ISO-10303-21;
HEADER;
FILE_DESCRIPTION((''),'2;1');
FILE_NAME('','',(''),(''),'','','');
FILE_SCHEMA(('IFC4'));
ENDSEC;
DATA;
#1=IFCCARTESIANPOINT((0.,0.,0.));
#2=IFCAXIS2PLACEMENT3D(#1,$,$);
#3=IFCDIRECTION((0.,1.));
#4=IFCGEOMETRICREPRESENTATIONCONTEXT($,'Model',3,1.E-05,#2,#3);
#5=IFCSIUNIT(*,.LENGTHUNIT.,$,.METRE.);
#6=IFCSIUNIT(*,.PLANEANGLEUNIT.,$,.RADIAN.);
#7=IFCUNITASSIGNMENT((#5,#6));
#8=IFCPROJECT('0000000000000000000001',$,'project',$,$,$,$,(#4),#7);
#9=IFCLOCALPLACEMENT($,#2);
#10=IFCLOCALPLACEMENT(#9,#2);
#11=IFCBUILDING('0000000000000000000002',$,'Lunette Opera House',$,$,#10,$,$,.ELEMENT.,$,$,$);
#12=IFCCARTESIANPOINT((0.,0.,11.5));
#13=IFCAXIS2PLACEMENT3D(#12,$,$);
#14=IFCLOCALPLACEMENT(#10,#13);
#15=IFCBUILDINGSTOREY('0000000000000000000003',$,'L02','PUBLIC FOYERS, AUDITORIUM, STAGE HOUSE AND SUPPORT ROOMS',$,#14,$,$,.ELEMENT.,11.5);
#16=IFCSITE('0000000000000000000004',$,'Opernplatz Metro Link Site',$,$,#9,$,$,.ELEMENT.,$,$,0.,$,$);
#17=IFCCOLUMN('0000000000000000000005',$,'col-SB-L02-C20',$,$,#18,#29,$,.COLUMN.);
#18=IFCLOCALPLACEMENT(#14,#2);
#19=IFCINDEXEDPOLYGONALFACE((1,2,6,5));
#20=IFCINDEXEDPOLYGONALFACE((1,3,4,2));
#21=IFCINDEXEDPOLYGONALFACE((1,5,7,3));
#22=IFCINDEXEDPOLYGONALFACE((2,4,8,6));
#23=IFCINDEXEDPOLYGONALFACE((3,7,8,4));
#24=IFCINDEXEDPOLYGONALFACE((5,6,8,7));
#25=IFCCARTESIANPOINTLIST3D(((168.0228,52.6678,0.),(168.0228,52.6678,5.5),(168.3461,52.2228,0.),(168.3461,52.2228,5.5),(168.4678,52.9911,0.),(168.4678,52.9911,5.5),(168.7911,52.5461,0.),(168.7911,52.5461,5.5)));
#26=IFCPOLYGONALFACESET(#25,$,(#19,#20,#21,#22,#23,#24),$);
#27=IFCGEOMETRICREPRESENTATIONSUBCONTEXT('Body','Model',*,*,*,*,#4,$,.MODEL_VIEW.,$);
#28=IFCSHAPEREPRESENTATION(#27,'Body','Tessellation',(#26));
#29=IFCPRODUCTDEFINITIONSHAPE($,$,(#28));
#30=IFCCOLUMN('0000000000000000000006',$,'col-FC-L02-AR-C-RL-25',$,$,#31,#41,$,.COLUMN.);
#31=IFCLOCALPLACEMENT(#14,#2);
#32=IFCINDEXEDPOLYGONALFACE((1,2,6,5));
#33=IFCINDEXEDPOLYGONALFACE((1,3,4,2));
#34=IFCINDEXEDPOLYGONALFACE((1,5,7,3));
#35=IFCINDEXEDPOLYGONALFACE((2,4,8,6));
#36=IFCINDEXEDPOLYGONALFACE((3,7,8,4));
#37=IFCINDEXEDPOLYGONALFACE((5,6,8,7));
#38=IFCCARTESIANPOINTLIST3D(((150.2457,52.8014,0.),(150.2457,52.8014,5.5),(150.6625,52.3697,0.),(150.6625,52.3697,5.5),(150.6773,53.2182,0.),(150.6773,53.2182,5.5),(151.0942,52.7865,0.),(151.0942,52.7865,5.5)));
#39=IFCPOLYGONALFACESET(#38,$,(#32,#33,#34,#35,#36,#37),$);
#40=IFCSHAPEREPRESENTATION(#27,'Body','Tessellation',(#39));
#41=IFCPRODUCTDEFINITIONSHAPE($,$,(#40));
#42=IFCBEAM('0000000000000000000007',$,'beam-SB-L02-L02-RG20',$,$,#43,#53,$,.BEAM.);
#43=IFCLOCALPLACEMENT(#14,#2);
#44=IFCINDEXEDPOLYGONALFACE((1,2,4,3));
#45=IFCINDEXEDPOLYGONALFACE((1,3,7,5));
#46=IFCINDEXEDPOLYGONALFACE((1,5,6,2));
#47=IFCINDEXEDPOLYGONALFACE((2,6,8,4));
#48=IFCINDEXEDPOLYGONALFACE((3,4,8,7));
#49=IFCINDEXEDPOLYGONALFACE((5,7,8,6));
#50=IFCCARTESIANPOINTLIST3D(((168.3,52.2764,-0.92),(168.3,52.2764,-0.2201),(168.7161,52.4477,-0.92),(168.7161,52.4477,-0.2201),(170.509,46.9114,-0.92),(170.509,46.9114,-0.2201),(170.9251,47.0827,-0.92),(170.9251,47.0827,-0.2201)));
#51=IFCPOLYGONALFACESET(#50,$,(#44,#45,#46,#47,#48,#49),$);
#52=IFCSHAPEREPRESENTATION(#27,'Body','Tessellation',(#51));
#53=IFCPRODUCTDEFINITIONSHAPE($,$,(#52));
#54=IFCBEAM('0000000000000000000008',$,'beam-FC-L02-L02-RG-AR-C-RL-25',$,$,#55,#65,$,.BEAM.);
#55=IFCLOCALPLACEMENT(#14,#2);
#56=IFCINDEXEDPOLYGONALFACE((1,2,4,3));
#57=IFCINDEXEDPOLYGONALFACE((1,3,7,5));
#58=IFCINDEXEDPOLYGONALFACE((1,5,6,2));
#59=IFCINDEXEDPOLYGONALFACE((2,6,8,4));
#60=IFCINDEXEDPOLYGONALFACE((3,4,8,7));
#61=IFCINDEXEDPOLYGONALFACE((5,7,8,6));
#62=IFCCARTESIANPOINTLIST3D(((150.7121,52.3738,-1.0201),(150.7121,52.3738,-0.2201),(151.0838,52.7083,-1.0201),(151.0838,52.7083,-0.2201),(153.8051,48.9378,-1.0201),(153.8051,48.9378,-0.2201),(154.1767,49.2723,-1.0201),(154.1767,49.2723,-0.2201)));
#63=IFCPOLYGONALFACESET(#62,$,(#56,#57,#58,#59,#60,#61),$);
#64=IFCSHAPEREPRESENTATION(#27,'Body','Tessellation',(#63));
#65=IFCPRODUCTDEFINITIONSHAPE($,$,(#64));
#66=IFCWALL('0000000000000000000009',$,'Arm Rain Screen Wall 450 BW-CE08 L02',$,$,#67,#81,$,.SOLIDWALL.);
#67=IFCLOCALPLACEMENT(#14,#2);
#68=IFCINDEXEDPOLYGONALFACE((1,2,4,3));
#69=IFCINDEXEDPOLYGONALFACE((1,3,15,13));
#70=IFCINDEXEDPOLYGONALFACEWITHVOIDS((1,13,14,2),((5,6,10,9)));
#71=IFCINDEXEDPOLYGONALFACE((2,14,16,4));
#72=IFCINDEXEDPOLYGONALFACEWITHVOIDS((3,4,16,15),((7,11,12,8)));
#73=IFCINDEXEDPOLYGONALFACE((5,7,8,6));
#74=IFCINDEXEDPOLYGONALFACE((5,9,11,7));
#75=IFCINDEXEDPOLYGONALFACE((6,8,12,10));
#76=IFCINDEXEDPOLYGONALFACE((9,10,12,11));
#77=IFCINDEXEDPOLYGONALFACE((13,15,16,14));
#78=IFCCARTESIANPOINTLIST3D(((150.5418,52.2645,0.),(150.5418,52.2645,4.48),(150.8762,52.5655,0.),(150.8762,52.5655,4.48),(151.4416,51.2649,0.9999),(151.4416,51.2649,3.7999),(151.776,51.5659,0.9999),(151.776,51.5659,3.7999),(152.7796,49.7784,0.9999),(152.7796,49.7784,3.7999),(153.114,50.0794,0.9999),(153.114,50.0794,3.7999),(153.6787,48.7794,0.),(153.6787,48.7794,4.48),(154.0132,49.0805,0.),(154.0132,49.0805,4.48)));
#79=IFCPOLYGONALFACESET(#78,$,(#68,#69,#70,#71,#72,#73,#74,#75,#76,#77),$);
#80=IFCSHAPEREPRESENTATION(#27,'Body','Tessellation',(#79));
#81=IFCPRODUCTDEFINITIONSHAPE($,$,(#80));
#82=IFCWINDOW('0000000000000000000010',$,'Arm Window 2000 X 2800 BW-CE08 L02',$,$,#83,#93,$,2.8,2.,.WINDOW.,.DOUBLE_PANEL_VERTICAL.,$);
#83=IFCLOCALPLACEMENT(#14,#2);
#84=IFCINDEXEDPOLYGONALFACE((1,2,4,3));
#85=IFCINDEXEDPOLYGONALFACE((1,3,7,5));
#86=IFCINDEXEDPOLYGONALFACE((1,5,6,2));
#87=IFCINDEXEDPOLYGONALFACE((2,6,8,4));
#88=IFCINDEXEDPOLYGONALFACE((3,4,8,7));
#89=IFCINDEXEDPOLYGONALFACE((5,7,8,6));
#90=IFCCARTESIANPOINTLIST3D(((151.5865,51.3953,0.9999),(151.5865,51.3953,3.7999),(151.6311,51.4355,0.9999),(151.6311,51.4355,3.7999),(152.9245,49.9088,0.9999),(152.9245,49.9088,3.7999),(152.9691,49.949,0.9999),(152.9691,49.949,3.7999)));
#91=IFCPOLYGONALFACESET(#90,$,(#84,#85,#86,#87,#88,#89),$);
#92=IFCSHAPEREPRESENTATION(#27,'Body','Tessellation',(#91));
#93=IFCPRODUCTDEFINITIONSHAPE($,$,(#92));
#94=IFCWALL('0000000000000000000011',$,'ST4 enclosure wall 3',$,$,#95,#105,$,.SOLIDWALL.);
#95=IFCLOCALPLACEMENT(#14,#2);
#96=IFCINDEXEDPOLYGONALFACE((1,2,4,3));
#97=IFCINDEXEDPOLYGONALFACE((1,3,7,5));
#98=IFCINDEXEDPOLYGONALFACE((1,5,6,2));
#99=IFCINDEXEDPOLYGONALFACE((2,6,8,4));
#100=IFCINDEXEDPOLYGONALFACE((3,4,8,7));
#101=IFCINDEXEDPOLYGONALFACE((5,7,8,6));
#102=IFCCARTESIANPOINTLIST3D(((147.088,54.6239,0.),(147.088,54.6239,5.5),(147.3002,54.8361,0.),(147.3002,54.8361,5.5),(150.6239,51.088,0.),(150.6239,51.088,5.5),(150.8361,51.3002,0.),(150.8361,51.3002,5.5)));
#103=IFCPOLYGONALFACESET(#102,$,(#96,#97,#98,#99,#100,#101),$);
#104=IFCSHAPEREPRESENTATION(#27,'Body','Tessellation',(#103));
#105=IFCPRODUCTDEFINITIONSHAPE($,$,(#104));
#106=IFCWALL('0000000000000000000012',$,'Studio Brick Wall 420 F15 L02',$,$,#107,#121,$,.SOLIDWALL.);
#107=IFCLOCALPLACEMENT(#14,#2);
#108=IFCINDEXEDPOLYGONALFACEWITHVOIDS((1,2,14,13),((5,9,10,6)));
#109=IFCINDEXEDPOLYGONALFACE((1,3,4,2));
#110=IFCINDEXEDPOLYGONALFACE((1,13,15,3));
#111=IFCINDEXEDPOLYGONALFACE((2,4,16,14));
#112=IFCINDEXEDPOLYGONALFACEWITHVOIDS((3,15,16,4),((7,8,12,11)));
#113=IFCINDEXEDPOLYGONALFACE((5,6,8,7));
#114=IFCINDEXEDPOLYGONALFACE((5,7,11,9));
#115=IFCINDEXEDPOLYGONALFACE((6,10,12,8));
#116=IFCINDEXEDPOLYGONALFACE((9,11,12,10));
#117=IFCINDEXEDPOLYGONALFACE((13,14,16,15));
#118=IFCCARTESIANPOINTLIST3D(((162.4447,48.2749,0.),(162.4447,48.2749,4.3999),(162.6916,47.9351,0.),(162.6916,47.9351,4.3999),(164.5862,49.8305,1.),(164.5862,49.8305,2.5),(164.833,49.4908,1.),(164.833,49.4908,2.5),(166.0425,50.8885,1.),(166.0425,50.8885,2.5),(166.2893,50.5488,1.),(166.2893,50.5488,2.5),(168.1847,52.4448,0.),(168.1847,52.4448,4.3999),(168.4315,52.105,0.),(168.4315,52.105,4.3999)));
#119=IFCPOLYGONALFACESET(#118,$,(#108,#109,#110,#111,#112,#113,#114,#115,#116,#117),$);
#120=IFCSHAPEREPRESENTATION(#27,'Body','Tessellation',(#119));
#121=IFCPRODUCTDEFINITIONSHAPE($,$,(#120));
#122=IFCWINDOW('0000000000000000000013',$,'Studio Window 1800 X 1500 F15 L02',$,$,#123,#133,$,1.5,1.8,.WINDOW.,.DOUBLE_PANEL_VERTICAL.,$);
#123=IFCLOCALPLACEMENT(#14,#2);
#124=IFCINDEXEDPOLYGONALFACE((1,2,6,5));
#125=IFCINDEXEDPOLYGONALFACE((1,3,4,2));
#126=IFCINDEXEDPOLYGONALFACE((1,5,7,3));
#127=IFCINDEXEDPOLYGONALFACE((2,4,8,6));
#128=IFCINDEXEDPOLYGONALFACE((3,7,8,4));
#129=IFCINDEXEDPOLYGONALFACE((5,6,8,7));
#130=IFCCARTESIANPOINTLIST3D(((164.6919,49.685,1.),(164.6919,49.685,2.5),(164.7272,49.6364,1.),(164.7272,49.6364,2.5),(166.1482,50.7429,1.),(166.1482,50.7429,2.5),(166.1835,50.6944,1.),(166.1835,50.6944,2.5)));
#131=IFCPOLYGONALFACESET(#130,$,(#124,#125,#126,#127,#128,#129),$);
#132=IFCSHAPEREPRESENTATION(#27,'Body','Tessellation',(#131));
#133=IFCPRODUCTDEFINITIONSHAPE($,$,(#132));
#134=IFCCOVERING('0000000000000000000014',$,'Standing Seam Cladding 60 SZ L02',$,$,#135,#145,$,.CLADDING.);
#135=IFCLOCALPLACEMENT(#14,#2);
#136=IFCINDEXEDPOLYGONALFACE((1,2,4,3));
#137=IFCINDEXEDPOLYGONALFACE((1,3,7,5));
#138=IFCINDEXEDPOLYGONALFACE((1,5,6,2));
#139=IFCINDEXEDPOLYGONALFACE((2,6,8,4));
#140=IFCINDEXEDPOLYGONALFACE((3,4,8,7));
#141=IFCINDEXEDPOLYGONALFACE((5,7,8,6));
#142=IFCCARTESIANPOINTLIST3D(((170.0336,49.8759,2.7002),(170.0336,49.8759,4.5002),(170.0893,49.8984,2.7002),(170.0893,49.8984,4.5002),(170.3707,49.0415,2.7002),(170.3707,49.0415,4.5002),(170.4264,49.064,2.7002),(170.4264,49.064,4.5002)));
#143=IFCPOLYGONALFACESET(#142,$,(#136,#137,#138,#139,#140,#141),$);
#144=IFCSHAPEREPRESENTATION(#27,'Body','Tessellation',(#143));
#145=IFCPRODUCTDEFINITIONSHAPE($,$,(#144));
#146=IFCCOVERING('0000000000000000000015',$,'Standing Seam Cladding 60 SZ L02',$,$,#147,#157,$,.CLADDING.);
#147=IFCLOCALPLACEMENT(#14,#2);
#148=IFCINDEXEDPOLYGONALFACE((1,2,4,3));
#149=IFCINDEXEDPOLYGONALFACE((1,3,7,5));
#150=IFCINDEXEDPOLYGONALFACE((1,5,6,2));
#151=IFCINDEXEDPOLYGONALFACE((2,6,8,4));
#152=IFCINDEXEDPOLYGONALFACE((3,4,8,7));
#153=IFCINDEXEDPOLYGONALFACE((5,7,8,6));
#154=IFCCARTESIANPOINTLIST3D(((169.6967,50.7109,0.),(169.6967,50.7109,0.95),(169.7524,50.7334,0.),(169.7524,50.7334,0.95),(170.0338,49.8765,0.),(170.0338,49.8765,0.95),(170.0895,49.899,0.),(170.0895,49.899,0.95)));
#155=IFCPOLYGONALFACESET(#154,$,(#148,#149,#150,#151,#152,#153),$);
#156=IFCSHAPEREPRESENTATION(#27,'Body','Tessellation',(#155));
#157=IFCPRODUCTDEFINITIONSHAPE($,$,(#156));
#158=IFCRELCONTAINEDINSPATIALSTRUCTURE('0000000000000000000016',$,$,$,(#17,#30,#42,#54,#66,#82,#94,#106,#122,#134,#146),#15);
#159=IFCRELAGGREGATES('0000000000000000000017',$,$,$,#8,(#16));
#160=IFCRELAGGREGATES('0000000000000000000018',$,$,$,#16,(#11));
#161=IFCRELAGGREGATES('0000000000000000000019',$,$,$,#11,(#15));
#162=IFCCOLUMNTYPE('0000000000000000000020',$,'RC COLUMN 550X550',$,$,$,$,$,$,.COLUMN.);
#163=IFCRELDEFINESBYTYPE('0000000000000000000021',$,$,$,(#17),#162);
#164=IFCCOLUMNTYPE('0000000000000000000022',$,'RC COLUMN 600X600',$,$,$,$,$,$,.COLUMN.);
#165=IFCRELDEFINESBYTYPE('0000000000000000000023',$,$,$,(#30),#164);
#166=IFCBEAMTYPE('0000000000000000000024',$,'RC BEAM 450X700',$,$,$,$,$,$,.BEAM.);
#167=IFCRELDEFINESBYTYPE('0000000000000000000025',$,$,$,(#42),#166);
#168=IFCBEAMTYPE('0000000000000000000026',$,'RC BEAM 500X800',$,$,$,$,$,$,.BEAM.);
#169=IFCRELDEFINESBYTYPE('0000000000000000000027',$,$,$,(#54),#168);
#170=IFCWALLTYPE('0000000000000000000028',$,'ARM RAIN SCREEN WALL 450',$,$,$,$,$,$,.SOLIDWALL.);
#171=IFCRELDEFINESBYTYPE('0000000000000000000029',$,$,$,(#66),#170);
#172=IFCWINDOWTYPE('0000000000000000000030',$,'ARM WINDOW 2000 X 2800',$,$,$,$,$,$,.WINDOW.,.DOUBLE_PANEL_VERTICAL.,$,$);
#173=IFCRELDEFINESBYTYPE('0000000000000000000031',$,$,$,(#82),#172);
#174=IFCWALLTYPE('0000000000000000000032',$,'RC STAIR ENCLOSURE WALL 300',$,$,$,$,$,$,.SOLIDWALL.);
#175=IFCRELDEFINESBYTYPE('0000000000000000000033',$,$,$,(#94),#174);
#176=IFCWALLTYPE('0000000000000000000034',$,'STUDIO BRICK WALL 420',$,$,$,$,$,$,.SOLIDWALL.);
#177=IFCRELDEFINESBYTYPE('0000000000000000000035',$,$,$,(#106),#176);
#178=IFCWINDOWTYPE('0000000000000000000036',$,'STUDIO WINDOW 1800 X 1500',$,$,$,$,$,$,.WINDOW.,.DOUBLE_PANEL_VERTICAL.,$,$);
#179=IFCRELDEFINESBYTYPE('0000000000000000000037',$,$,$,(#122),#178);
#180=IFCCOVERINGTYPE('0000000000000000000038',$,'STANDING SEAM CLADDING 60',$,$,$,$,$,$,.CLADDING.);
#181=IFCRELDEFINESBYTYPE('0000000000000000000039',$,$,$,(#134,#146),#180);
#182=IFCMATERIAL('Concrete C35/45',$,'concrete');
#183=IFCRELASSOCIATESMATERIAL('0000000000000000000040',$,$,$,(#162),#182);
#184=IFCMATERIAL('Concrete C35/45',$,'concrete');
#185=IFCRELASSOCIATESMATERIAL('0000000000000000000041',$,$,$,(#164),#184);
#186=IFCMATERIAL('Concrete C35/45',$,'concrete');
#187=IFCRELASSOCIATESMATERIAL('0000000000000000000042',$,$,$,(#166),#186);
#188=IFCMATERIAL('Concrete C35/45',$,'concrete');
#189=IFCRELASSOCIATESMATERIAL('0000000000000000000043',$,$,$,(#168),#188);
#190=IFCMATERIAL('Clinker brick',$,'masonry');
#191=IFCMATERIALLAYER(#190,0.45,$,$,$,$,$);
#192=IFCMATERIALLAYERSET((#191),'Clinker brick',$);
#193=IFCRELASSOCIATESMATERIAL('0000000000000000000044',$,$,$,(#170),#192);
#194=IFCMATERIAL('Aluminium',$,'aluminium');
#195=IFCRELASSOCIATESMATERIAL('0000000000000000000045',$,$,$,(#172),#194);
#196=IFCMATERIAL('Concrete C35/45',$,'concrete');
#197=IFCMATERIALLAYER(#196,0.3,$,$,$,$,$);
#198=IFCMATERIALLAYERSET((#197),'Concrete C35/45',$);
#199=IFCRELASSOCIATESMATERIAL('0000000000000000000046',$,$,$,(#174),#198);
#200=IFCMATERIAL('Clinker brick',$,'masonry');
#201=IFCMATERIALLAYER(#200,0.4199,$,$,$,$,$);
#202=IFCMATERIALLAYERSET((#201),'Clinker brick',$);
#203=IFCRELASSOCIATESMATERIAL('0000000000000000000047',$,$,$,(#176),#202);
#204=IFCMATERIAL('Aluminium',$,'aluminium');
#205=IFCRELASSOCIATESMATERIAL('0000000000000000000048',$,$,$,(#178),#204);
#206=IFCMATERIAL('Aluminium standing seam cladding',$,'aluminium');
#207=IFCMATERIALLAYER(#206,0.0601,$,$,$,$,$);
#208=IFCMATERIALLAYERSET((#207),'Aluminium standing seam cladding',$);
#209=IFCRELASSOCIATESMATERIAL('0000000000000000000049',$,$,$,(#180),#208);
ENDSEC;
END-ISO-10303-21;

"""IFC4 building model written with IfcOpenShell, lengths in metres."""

from ifc_helpers import new_model, si_unit, direction, frame, frame_2d, origin, origin_2d, place, context, subcontext, project, spatial, rectangle, extrude, material, layer, layer_set, material_profile, profile_set, type_object, element, fill, save


model = new_model("IFC4")

# Units and contexts
model_context = context("Model", 3, precision=1e-05, world=origin(), true_north=direction((0.0, 1.0)))
body_context = subcontext(model_context, "Body", "Model", "MODEL_VIEW")
ifc_project = project(units=[si_unit("LENGTHUNIT", "METRE"), si_unit("PLANEANGLEUNIT", "RADIAN")], contexts=[model_context])

# Site, building, storey
site_placement = place(None, origin())
site = spatial("IfcSite", under=ifc_project, at=site_placement, Name="Opernplatz Metro Link Site", CompositionType="ELEMENT", RefElevation=0.0)
building_placement = place(site_placement, origin())
building = spatial("IfcBuilding", under=site, at=building_placement, Name="Lunette Opera House", CompositionType="ELEMENT")
storey_placement = place(building_placement, frame((0.0, 0.0, 11.5)))
storey = spatial("IfcBuildingStorey", under=building, at=storey_placement, Name="L02", Description="PUBLIC FOYERS, AUDITORIUM, STAGE HOUSE AND SUPPORT ROOMS", CompositionType="ELEMENT", Elevation=11.5)

# Columns
ifc_material_1 = material(Name="Concrete C35/45", Category="concrete")
ifc_material_profile_1 = material_profile(ifc_material_1, rectangle(XDim=0.55, YDim=0.55, at=origin_2d()), Name="RC COLUMN 550X550")
ifc_profile_set_1 = profile_set([ifc_material_profile_1], Name="Concrete C35/45")
column_type_1 = type_object("IfcColumnType", Name="RC COLUMN 550X550", PredefinedType="COLUMN", material=ifc_profile_set_1)
column_1_placement = place(storey_placement, frame((168.407, 52.6069, 0.0), z_axis=(0.0, 0.0, 1.0), x_axis=(0.587785, -0.809017, 0.0)))
element("IfcColumn", 1, at=column_1_placement, inside=storey, type_object=column_type_1, Name="col-SB-L02-C20", PredefinedType="COLUMN", context=body_context, shape_type="SweptSolid", body=[
    extrude(rectangle(XDim=0.55, YDim=0.55, at=origin_2d()), origin(), (0.0, 0.0, 1.0), 5.5),
])
ifc_material_2 = material(Name="Concrete C35/45", Category="concrete")
ifc_material_profile_2 = material_profile(ifc_material_2, rectangle(XDim=0.6001, YDim=0.6001, at=origin_2d()), Name="RC COLUMN 600X600")
ifc_profile_set_2 = profile_set([ifc_material_profile_2], Name="Concrete C35/45")
column_type_2 = type_object("IfcColumnType", Name="RC COLUMN 600X600", PredefinedType="COLUMN", material=ifc_profile_set_2)
column_2_placement = place(storey_placement, frame((150.6699, 52.7939, 0.0), z_axis=(0.0, 0.0, 1.0), x_axis=(0.694658, -0.71934, 0.0)))
element("IfcColumn", 2, at=column_2_placement, inside=storey, type_object=column_type_2, Name="col-FC-L02-AR-C-RL-25", PredefinedType="COLUMN", context=body_context, shape_type="SweptSolid", body=[
    extrude(rectangle(XDim=0.6001, YDim=0.6001, at=origin_2d()), origin(), (0.0, 0.0, 1.0), 5.5),
])

# Beams
ifc_material_3 = material(Name="Concrete C35/45", Category="concrete")
ifc_material_profile_3 = material_profile(ifc_material_3, rectangle(XDim=0.45, YDim=0.7, at=origin_2d()), Name="RC BEAM 450X700")
ifc_profile_set_3 = profile_set([ifc_material_profile_3], Name="Concrete C35/45")
beam_type_1 = type_object("IfcBeamType", Name="RC BEAM 450X700", PredefinedType="BEAM", material=ifc_profile_set_3)
beam_1_placement = place(storey_placement, frame((168.5081, 52.3621, -0.5701), z_axis=(0.380731, -0.924686, 0.0), x_axis=(0.924686, 0.380731, 0.0)))
element("IfcBeam", 3, at=beam_1_placement, inside=storey, type_object=beam_type_1, Name="beam-SB-L02-L02-RG20", PredefinedType="BEAM", context=body_context, shape_type="SweptSolid", body=[
    extrude(rectangle(XDim=0.45, YDim=0.7, at=origin_2d()), origin(), (0.0, 0.0, 1.0), 5.802),
])
ifc_material_4 = material(Name="Concrete C35/45", Category="concrete")
ifc_material_profile_4 = material_profile(ifc_material_4, rectangle(XDim=0.5, YDim=0.8, at=origin_2d()), Name="RC BEAM 500X800")
ifc_profile_set_4 = profile_set([ifc_material_profile_4], Name="Concrete C35/45")
beam_type_2 = type_object("IfcBeamType", Name="RC BEAM 500X800", PredefinedType="BEAM", material=ifc_profile_set_4)
beam_2_placement = place(storey_placement, frame((150.8979, 52.541, -0.6201), z_axis=(0.669035, -0.743231, 0.0), x_axis=(0.743231, 0.669035, 0.0)))
element("IfcBeam", 4, at=beam_2_placement, inside=storey, type_object=beam_type_2, Name="beam-FC-L02-L02-RG-AR-C-RL-25", PredefinedType="BEAM", context=body_context, shape_type="SweptSolid", body=[
    extrude(rectangle(XDim=0.5, YDim=0.8, at=origin_2d()), origin(), (0.0, 0.0, 1.0), 4.623),
])

# Wall, opening, window
ifc_material_5 = material(Name="Clinker brick", Category="masonry")
ifc_layer_1 = layer(ifc_material_5, 0.45)
ifc_layer_set_1 = layer_set([ifc_layer_1], Name="Clinker brick")
wall_type_1 = type_object("IfcWallType", Name="ARM RAIN SCREEN WALL 450", PredefinedType="SOLIDWALL", material=ifc_layer_set_1)
wall_1_placement = place(storey_placement, frame((150.709, 52.415, 0.0), z_axis=(0.0, 0.0, 1.0), x_axis=(0.669008, -0.743255, 0.0)))
wall_1 = element("IfcWall", 5, at=wall_1_placement, inside=storey, type_object=wall_type_1, Name="Arm Rain Screen Wall 450 BW-CE08 L02", PredefinedType="SOLIDWALL", context=body_context, shape_type="SweptSolid", body=[
    extrude(rectangle(XDim=4.689, YDim=0.45, at=frame_2d((2.3445, 0.0))), origin(), (0.0, 0.0, 1.0), 4.48),
])
opening_1_placement = place(wall_1_placement, frame((1.345, 0.0, 1.0)))
opening_1 = element("IfcOpeningElement", 6, at=opening_1_placement, cuts=wall_1, PredefinedType="OPENING", context=body_context, shape_type="SweptSolid", body=[
    extrude(rectangle(XDim=2.0, YDim=2.8, at=frame_2d((1.0, 1.3999))), frame((0.0, 0.2371, 0.0), z_axis=(0.0, -1.0, 0.0), x_axis=(1.0, 0.0, 0.0)), (0.0, 0.0, 1.0), 0.4739),
])
ifc_material_6 = material(Name="Aluminium", Category="aluminium")
window_type_1 = type_object("IfcWindowType", Name="ARM WINDOW 2000 X 2800", PartitioningType="DOUBLE_PANEL_VERTICAL", PredefinedType="WINDOW", material=ifc_material_6)
window_1_placement = place(opening_1_placement, origin())
window_1 = element("IfcWindow", 7, at=window_1_placement, inside=storey, type_object=window_type_1, Name="Arm Window 2000 X 2800 BW-CE08 L02", OverallHeight=2.8, OverallWidth=2.0, PartitioningType="DOUBLE_PANEL_VERTICAL", PredefinedType="WINDOW", context=body_context, shape_type="SweptSolid", body=[
    extrude(rectangle(XDim=2.0, YDim=2.8, at=frame_2d((1.0, 1.3999))), frame((0.0, 0.03, 0.0), z_axis=(0.0, -1.0, 0.0), x_axis=(1.0, 0.0, 0.0)), (0.0, 0.0, 1.0), 0.0601),
])
fill(opening_1, window_1)

# Wall
ifc_material_7 = material(Name="Concrete C35/45", Category="concrete")
ifc_layer_2 = layer(ifc_material_7, 0.3)
ifc_layer_set_2 = layer_set([ifc_layer_2], Name="Concrete C35/45")
wall_type_2 = type_object("IfcWallType", Name="RC STAIR ENCLOSURE WALL 300", PredefinedType="SOLIDWALL", material=ifc_layer_set_2)
wall_2_placement = place(storey_placement, frame((150.73, 51.1941, 0.0), z_axis=(0.0, 0.0, 1.0), x_axis=(-0.707107, 0.707107, 0.0)))
element("IfcWall", 8, at=wall_2_placement, inside=storey, type_object=wall_type_2, Name="ST4 enclosure wall 3", PredefinedType="SOLIDWALL", context=body_context, shape_type="SweptSolid", body=[
    extrude(rectangle(XDim=5.0005, YDim=0.3, at=frame_2d((2.5002, 0.0))), origin(), (0.0, 0.0, 1.0), 5.5),
])

# Wall, opening, window
ifc_material_8 = material(Name="Clinker brick", Category="masonry")
ifc_layer_3 = layer(ifc_material_8, 0.4199)
ifc_layer_set_3 = layer_set([ifc_layer_3], Name="Clinker brick")
wall_type_3 = type_object("IfcWallType", Name="STUDIO BRICK WALL 420", PredefinedType="SOLIDWALL", material=ifc_layer_set_3)
wall_3_placement = place(storey_placement, frame((168.3081, 52.2749, 0.0), z_axis=(0.0, 0.0, 1.0), x_axis=(-0.809045, -0.587746, 0.0)))
wall_3 = element("IfcWall", 9, at=wall_3_placement, inside=storey, type_object=wall_type_3, Name="Studio Brick Wall 420 F15 L02", PredefinedType="SOLIDWALL", context=body_context, shape_type="SweptSolid", body=[
    extrude(rectangle(XDim=7.0947, YDim=0.4199, at=frame_2d((3.5474, 0.0))), origin(), (0.0, 0.0, 1.0), 4.3999),
])
opening_2_placement = place(wall_3_placement, frame((2.6479, 0.0, 1.0)))
opening_2 = element("IfcOpeningElement", 10, at=opening_2_placement, cuts=wall_3, PredefinedType="OPENING", context=body_context, shape_type="SweptSolid", body=[
    extrude(rectangle(XDim=1.8, YDim=1.5, at=frame_2d((0.8999, 0.75))), frame((0.0, 0.2219, 0.0), z_axis=(0.0, -1.0, 0.0), x_axis=(1.0, 0.0, 0.0)), (0.0, 0.0, 1.0), 0.4438),
])
ifc_material_9 = material(Name="Aluminium", Category="aluminium")
window_type_2 = type_object("IfcWindowType", Name="STUDIO WINDOW 1800 X 1500", PartitioningType="DOUBLE_PANEL_VERTICAL", PredefinedType="WINDOW", material=ifc_material_9)
window_2_placement = place(opening_2_placement, origin())
window_2 = element("IfcWindow", 11, at=window_2_placement, inside=storey, type_object=window_type_2, Name="Studio Window 1800 X 1500 F15 L02", OverallHeight=1.5, OverallWidth=1.8, PartitioningType="DOUBLE_PANEL_VERTICAL", PredefinedType="WINDOW", context=body_context, shape_type="SweptSolid", body=[
    extrude(rectangle(XDim=1.8, YDim=1.5, at=frame_2d((0.8999, 0.75))), frame((0.0, 0.03, 0.0), z_axis=(0.0, -1.0, 0.0), x_axis=(1.0, 0.0, 0.0)), (0.0, 0.0, 1.0), 0.0601),
])
fill(opening_2, window_2)

# Coverings
ifc_material_10 = material(Name="Aluminium standing seam cladding", Category="aluminium")
ifc_layer_4 = layer(ifc_material_10, 0.0601)
ifc_layer_set_4 = layer_set([ifc_layer_4], Name="Aluminium standing seam cladding")
covering_type = type_object("IfcCoveringType", Name="STANDING SEAM CLADDING 60", PredefinedType="CLADDING", material=ifc_layer_set_4)
covering_1_placement = place(storey_placement, frame((170.23, 49.47, 2.7002), z_axis=(0.0, 0.0, 1.0), x_axis=(-0.374611, 0.927182, 0.0)))
element("IfcCovering", 12, at=covering_1_placement, inside=storey, type_object=covering_type, Name="Standing Seam Cladding 60 SZ L02", PredefinedType="CLADDING", context=body_context, shape_type="SweptSolid", body=[
    extrude(rectangle(XDim=0.8999, YDim=0.0601, at=origin_2d()), origin(), (0.0, 0.0, 1.0), 1.8),
])
covering_2_placement = place(storey_placement, frame((169.8931, 50.3049, 0.0), z_axis=(0.0, 0.0, 1.0), x_axis=(-0.374611, 0.927182, 0.0)))
element("IfcCovering", 13, at=covering_2_placement, inside=storey, type_object=covering_type, Name="Standing Seam Cladding 60 SZ L02", PredefinedType="CLADDING", context=body_context, shape_type="SweptSolid", body=[
    extrude(rectangle(XDim=0.8999, YDim=0.0601, at=origin_2d()), origin(), (0.0, 0.0, 1.0), 0.95),
])

save(model, "model.ifc")
